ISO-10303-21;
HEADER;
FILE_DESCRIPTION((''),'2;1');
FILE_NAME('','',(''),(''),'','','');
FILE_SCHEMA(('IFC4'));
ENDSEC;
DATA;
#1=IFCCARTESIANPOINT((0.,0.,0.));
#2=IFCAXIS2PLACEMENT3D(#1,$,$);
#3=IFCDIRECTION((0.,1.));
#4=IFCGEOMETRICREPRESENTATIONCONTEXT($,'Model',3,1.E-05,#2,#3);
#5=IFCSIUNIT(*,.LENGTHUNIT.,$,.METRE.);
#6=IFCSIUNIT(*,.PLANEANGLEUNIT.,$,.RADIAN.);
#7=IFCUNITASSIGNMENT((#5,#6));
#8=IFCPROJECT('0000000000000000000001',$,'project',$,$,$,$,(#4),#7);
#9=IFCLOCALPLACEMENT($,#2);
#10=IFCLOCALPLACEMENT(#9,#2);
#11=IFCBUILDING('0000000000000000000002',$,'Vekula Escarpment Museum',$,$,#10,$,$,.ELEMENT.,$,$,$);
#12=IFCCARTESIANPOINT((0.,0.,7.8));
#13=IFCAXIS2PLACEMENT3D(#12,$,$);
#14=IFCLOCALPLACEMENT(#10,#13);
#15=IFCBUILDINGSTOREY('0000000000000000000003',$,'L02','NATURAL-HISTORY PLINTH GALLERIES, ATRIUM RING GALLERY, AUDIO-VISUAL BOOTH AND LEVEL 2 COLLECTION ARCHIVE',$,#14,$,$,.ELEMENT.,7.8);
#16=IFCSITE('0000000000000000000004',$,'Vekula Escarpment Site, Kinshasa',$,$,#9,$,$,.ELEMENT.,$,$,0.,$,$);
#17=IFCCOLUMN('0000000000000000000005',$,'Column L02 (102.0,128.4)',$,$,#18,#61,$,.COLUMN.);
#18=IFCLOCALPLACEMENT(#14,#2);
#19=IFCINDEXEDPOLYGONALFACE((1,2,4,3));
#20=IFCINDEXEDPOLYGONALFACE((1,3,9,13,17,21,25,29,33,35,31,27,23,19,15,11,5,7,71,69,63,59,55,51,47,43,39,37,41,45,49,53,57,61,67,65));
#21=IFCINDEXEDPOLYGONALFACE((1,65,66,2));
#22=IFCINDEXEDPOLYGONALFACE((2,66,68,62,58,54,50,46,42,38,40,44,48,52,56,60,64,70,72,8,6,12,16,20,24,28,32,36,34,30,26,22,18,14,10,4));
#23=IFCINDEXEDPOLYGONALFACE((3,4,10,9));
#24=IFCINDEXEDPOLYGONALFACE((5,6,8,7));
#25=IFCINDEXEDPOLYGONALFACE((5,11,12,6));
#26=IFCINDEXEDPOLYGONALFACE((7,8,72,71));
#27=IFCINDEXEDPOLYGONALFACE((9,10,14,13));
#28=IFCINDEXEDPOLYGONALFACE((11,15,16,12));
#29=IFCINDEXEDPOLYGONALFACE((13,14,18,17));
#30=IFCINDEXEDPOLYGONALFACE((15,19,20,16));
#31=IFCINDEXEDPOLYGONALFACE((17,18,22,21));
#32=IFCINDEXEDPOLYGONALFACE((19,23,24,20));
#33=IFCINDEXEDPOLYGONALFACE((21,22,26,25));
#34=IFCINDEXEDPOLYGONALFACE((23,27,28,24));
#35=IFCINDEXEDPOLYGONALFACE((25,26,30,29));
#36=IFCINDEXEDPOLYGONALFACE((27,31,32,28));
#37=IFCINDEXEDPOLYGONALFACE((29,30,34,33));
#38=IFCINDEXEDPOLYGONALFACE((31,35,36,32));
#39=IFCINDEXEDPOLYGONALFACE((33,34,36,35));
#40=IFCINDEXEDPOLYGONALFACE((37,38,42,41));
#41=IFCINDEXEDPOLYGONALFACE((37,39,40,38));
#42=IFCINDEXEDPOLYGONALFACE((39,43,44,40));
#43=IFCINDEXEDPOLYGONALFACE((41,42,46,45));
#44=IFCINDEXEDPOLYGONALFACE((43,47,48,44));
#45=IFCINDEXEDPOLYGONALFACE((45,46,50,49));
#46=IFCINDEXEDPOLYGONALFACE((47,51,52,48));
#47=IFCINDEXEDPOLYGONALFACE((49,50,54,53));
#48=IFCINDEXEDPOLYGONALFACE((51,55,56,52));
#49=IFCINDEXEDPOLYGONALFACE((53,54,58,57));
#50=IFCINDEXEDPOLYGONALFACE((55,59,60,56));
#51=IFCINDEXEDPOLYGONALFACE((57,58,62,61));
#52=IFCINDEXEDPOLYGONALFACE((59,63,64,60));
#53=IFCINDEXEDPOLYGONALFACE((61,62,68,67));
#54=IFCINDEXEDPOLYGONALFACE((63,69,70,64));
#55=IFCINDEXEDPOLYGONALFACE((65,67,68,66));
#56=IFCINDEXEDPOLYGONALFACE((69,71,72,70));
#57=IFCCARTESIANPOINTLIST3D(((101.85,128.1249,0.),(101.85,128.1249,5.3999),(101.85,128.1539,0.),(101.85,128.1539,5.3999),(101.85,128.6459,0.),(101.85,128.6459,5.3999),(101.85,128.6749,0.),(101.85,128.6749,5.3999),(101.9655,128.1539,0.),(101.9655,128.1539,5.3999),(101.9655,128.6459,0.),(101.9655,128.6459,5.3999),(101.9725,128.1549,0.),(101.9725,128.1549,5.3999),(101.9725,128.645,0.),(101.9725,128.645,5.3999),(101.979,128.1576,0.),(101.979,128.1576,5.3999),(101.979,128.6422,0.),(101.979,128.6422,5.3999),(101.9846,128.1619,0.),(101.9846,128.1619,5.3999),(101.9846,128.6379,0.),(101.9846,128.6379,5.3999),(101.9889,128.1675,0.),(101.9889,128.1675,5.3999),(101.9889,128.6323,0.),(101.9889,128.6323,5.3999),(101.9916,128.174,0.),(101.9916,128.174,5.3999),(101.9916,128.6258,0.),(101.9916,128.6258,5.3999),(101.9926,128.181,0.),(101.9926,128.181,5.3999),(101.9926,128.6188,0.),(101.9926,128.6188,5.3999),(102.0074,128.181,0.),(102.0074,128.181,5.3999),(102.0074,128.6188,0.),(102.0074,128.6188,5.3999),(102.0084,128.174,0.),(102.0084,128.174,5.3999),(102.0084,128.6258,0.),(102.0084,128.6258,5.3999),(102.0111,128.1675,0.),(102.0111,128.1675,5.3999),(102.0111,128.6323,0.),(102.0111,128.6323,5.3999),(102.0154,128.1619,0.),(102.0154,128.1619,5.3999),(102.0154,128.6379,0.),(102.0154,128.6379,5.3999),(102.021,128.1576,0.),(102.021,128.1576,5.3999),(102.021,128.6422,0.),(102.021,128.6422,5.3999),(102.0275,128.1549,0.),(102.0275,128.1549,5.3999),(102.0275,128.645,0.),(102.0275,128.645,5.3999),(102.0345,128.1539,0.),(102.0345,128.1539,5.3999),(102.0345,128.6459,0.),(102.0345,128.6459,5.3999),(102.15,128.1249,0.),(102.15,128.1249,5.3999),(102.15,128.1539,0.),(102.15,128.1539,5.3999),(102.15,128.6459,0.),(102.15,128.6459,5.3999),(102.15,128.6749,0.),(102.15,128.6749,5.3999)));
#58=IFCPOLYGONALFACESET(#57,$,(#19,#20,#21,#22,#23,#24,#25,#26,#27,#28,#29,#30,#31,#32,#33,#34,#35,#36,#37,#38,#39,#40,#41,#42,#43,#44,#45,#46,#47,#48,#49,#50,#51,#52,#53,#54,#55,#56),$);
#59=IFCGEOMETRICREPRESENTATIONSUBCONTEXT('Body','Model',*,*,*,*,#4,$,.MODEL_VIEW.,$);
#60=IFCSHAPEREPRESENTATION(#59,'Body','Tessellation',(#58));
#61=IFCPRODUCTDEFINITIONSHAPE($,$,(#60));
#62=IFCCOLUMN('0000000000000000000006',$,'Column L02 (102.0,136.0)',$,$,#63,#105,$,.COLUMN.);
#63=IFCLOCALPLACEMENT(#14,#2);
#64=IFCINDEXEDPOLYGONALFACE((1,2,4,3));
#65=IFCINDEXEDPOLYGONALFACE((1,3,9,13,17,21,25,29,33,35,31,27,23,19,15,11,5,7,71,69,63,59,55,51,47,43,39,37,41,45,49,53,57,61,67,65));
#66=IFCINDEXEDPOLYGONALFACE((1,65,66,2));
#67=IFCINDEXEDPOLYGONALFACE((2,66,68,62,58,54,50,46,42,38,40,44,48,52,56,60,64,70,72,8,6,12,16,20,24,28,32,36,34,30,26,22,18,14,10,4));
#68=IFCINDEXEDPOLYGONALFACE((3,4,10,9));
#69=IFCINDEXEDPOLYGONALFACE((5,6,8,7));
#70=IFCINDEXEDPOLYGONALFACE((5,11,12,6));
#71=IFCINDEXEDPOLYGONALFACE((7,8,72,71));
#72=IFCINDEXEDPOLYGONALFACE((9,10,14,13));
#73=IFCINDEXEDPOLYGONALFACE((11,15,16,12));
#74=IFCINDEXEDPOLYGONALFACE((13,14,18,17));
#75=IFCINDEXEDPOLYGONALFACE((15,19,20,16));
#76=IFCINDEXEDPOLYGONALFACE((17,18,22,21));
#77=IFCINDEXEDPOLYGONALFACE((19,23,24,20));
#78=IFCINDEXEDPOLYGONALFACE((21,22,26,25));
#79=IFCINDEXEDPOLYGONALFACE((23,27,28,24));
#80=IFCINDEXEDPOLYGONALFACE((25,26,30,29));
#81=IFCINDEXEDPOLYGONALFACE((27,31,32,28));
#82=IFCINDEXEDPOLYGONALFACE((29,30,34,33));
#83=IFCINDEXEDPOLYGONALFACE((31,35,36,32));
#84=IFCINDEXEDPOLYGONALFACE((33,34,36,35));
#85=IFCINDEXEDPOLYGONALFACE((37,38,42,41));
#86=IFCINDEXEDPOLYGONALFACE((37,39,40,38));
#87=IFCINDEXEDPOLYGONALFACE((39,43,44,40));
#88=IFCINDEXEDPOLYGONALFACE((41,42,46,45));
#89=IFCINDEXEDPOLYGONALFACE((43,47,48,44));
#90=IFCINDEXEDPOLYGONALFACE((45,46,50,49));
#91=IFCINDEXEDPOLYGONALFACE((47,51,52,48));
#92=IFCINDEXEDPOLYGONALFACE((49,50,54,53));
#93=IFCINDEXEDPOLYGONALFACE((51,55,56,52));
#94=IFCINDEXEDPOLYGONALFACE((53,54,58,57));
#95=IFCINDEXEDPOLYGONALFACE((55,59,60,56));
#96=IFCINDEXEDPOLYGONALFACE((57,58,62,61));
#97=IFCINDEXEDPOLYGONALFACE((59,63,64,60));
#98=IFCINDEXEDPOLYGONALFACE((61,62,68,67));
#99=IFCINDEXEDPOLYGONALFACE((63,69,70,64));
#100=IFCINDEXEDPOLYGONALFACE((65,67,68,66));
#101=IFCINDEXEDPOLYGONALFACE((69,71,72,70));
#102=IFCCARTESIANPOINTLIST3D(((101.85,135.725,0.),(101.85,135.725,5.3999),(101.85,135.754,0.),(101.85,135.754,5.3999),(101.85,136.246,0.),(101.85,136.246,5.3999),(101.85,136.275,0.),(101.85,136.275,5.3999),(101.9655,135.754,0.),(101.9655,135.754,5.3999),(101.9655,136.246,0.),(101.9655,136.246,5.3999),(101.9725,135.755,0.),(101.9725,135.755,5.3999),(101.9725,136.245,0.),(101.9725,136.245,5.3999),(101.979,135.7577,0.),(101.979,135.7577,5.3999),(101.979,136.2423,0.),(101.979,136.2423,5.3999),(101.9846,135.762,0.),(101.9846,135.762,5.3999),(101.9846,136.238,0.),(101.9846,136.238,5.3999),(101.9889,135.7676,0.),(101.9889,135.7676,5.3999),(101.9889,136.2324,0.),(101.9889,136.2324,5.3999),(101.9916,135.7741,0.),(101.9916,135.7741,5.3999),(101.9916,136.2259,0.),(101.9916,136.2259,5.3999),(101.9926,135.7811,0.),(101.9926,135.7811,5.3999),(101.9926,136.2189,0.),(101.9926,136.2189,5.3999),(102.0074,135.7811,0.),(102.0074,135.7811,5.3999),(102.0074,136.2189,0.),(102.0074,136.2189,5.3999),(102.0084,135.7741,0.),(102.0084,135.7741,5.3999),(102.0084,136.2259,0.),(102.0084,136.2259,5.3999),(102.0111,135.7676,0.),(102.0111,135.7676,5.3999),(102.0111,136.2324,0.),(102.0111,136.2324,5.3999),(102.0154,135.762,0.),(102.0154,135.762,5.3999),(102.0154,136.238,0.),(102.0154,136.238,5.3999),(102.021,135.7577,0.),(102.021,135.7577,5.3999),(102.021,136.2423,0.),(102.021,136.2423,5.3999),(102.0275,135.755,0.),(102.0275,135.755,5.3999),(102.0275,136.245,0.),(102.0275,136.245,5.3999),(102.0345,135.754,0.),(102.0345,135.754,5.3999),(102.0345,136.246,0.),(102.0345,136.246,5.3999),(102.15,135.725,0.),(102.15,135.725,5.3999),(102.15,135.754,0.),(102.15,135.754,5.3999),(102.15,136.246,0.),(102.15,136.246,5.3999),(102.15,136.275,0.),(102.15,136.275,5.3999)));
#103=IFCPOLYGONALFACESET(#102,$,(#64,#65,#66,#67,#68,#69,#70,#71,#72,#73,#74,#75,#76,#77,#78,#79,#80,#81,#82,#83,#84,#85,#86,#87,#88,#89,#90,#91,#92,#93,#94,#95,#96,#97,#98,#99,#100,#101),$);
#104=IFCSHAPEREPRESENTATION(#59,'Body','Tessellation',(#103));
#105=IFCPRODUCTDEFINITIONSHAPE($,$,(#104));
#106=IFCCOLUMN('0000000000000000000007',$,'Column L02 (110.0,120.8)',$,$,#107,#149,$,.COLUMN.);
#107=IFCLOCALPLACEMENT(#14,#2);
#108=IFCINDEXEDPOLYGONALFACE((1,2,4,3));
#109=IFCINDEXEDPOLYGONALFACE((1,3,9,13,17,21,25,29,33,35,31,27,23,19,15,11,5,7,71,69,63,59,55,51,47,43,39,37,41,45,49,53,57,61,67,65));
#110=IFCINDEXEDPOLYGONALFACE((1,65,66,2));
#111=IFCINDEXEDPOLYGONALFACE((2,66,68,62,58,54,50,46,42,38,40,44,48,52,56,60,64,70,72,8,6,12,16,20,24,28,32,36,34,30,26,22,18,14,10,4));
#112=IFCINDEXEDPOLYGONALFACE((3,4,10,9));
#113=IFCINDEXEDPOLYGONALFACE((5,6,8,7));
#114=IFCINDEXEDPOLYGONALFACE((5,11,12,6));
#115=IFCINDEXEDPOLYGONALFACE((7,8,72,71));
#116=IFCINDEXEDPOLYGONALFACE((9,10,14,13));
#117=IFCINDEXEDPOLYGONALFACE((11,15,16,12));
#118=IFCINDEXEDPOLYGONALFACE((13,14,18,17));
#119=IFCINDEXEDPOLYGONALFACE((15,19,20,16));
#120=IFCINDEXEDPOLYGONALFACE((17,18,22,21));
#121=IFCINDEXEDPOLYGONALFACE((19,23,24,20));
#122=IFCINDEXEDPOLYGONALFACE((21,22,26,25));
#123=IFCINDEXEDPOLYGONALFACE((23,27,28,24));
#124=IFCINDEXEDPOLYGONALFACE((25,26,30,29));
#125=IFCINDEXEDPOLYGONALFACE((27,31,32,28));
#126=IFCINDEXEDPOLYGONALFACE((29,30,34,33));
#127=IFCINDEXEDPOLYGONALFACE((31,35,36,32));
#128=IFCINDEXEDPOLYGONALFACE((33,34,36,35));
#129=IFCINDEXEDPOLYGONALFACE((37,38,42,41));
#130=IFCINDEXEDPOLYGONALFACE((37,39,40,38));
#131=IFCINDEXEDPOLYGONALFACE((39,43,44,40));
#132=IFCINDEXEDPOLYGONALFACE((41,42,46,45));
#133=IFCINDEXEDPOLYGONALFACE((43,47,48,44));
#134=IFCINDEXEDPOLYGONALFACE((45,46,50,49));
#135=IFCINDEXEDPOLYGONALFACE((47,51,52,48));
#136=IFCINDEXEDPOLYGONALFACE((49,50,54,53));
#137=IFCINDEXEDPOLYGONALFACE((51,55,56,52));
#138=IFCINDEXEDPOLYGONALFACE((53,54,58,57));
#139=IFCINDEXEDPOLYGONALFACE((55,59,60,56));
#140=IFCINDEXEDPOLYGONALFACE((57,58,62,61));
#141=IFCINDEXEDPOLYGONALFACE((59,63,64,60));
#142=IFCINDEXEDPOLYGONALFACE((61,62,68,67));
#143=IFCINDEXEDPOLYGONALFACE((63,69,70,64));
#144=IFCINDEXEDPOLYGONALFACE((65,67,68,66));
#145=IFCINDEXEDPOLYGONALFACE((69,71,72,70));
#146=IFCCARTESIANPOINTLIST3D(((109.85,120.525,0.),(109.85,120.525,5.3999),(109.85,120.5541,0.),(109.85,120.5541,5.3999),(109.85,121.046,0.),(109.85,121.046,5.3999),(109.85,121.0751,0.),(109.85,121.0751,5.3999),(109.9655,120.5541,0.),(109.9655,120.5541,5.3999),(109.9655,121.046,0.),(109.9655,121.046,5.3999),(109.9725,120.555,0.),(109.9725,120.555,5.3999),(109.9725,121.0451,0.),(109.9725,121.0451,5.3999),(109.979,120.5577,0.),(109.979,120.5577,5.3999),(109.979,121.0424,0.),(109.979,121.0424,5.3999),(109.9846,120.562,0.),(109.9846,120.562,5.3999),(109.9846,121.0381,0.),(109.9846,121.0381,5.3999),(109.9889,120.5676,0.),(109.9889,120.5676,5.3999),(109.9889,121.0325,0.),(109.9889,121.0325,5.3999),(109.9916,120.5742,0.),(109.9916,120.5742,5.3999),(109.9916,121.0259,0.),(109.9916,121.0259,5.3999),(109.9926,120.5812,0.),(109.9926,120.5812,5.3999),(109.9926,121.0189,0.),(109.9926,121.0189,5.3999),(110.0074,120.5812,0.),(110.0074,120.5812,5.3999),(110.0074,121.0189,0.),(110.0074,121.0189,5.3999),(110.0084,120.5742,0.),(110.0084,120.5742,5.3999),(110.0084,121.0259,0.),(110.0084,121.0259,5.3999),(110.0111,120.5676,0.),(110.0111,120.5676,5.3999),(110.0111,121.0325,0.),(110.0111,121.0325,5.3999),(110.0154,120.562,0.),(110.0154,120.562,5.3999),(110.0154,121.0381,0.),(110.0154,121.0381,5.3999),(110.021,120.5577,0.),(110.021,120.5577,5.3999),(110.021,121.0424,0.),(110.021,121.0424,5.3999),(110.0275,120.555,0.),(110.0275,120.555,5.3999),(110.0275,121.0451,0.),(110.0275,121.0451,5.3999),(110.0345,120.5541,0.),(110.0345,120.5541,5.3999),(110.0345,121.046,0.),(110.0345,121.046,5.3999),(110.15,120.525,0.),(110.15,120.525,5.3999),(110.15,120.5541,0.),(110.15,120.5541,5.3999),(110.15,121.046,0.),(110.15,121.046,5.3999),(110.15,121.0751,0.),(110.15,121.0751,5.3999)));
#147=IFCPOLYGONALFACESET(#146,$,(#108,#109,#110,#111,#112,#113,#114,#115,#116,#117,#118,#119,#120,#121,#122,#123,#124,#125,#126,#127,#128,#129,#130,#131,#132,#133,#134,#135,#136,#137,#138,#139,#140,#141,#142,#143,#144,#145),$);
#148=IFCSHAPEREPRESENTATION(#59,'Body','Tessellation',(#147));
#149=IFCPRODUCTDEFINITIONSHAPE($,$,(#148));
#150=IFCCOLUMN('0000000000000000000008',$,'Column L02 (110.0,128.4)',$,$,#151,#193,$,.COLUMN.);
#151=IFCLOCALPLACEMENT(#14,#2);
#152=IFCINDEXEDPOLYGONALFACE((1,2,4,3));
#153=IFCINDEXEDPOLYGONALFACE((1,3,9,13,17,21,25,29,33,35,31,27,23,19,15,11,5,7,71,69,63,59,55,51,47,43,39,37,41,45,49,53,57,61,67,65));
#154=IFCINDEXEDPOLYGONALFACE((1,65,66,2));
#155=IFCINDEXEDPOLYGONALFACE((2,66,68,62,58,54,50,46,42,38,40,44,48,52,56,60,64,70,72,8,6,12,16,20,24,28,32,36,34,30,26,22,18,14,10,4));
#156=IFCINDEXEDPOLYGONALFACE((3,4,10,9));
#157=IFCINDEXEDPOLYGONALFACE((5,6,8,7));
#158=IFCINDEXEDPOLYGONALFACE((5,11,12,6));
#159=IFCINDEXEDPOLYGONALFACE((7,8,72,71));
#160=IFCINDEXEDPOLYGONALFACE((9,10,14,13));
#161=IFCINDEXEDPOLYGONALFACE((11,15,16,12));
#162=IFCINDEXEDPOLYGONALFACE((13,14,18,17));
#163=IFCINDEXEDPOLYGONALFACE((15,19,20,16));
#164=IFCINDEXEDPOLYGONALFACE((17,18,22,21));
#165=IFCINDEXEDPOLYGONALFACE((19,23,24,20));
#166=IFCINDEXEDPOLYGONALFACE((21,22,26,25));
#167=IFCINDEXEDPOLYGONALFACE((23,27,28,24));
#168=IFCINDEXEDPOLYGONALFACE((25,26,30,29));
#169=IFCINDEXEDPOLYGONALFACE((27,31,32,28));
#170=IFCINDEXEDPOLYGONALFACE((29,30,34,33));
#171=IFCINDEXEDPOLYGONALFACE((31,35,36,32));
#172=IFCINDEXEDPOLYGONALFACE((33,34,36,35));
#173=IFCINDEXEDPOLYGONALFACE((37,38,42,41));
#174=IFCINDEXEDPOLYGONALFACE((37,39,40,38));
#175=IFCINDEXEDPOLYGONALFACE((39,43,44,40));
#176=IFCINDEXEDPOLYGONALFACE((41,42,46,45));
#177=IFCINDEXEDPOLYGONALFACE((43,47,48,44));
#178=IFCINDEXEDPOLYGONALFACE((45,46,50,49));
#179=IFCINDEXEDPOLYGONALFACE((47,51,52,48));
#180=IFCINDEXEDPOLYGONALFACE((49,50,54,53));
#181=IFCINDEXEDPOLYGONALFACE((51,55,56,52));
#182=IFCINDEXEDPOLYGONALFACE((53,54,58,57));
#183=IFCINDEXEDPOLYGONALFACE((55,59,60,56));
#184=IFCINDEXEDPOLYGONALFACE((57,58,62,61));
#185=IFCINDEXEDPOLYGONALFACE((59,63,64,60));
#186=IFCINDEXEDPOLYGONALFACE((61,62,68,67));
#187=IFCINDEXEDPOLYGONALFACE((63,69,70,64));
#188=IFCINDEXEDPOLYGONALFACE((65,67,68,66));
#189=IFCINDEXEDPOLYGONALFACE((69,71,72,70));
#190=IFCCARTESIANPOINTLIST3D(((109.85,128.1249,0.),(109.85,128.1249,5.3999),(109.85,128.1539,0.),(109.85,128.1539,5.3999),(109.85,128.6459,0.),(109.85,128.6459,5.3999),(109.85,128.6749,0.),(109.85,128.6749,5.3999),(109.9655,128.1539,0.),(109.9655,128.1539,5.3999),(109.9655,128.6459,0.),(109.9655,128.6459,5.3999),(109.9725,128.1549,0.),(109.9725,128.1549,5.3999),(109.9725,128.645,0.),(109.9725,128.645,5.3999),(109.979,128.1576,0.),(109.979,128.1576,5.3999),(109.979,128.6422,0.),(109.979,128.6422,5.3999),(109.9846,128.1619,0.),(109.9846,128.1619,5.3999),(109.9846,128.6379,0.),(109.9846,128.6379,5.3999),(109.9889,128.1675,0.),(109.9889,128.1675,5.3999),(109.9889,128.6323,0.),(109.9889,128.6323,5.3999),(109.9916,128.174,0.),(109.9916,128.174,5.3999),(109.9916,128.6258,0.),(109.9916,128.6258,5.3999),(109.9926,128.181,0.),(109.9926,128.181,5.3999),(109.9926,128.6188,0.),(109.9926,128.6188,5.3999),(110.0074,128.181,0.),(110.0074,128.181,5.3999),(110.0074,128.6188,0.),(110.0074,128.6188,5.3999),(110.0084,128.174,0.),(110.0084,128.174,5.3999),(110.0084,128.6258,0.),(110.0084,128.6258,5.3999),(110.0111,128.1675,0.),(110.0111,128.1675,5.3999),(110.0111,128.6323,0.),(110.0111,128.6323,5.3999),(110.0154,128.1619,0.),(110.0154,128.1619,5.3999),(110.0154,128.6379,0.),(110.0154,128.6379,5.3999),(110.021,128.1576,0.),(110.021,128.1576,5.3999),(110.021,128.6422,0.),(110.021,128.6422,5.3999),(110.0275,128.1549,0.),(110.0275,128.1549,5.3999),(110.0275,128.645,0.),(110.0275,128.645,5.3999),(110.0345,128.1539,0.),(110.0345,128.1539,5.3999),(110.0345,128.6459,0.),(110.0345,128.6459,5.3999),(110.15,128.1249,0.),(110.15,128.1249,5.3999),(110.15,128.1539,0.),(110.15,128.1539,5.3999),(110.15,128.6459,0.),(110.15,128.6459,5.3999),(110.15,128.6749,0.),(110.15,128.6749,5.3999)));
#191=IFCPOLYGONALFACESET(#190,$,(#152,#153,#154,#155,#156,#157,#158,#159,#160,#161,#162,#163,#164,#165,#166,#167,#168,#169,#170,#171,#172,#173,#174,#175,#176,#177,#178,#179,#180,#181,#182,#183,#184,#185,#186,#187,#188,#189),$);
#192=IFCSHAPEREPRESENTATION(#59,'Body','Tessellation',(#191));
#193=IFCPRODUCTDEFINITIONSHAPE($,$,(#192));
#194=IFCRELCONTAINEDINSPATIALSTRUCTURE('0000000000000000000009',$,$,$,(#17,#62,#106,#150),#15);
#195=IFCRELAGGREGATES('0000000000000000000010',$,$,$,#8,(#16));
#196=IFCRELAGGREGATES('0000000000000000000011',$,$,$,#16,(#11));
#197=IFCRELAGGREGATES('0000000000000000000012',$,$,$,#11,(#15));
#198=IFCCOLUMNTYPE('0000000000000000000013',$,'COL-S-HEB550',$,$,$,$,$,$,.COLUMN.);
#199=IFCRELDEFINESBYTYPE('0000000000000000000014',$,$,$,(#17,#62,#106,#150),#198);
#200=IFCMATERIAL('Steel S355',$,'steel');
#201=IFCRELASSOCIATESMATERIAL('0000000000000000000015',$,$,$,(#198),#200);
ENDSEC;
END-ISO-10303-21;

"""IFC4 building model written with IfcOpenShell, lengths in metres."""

from ifc_helpers import new_model, si_unit, direction, frame, origin, origin_2d, place, context, subcontext, project, spatial, i_section, extrude, material, material_profile, profile_set, type_object, element, save


model = new_model("IFC4")

# Units and contexts
model_context = context("Model", 3, precision=1e-05, world=origin(), true_north=direction((0.0, 1.0)))
body_context = subcontext(model_context, "Body", "Model", "MODEL_VIEW")
ifc_project = project(units=[si_unit("LENGTHUNIT", "METRE"), si_unit("PLANEANGLEUNIT", "RADIAN")], contexts=[model_context])

# Site, building, storey
site_placement = place(None, origin())
site = spatial("IfcSite", under=ifc_project, at=site_placement, Name="Vekula Escarpment Site, Kinshasa", CompositionType="ELEMENT", RefElevation=0.0)
building_placement = place(site_placement, origin())
building = spatial("IfcBuilding", under=site, at=building_placement, Name="Vekula Escarpment Museum", CompositionType="ELEMENT")
storey_placement = place(building_placement, frame((0.0, 0.0, 7.8)))
storey = spatial("IfcBuildingStorey", under=building, at=storey_placement, Name="L02", Description="NATURAL-HISTORY PLINTH GALLERIES, ATRIUM RING GALLERY, AUDIO-VISUAL BOOTH AND LEVEL 2 COLLECTION ARCHIVE", CompositionType="ELEMENT", Elevation=7.8)

# Columns
ifc_material_1 = material(Name="Steel S355", Category="steel")
ifc_material_profile_1 = material_profile(ifc_material_1, i_section(OverallWidth=0.3, OverallDepth=0.55, WebThickness=0.0149, FlangeThickness=0.0291, FilletRadius=0.0271, at=origin_2d()), Name="HEB 550")
ifc_profile_set_1 = profile_set([ifc_material_profile_1], Name="Steel S355")
column_type = type_object("IfcColumnType", Name="COL-S-HEB550", PredefinedType="COLUMN", material=ifc_profile_set_1)
for number, where, z_axis, x_axis, name in (
    (1, (102.0, 128.3999, 0.0), (0.0, 0.0, 1.0), (1.0, 0.0, 0.0), "Column L02 (102.0,128.4)"),
    (2, (102.0, 136.0, 0.0), (0.0, 0.0, 1.0), (1.0, 0.0, 0.0), "Column L02 (102.0,136.0)"),
    (3, (110.0, 120.8, 0.0), (0.0, 0.0, 1.0), (1.0, 0.0, 0.0), "Column L02 (110.0,120.8)"),
    (4, (110.0, 128.3999, 0.0), (0.0, 0.0, 1.0), (1.0, 0.0, 0.0), "Column L02 (110.0,128.4)"),
):
    element("IfcColumn", number, at=place(storey_placement, frame(where, z_axis=z_axis, x_axis=x_axis)), inside=storey, type_object=column_type, Name=name, PredefinedType="COLUMN", context=body_context, shape_type="SweptSolid", body=[
        extrude(i_section(OverallWidth=0.3, OverallDepth=0.55, WebThickness=0.0149, FlangeThickness=0.0291, FilletRadius=0.0271, at=origin_2d()), origin(), (0.0, 0.0, 1.0), 5.3999),
    ])

save(model, "model.ifc")
